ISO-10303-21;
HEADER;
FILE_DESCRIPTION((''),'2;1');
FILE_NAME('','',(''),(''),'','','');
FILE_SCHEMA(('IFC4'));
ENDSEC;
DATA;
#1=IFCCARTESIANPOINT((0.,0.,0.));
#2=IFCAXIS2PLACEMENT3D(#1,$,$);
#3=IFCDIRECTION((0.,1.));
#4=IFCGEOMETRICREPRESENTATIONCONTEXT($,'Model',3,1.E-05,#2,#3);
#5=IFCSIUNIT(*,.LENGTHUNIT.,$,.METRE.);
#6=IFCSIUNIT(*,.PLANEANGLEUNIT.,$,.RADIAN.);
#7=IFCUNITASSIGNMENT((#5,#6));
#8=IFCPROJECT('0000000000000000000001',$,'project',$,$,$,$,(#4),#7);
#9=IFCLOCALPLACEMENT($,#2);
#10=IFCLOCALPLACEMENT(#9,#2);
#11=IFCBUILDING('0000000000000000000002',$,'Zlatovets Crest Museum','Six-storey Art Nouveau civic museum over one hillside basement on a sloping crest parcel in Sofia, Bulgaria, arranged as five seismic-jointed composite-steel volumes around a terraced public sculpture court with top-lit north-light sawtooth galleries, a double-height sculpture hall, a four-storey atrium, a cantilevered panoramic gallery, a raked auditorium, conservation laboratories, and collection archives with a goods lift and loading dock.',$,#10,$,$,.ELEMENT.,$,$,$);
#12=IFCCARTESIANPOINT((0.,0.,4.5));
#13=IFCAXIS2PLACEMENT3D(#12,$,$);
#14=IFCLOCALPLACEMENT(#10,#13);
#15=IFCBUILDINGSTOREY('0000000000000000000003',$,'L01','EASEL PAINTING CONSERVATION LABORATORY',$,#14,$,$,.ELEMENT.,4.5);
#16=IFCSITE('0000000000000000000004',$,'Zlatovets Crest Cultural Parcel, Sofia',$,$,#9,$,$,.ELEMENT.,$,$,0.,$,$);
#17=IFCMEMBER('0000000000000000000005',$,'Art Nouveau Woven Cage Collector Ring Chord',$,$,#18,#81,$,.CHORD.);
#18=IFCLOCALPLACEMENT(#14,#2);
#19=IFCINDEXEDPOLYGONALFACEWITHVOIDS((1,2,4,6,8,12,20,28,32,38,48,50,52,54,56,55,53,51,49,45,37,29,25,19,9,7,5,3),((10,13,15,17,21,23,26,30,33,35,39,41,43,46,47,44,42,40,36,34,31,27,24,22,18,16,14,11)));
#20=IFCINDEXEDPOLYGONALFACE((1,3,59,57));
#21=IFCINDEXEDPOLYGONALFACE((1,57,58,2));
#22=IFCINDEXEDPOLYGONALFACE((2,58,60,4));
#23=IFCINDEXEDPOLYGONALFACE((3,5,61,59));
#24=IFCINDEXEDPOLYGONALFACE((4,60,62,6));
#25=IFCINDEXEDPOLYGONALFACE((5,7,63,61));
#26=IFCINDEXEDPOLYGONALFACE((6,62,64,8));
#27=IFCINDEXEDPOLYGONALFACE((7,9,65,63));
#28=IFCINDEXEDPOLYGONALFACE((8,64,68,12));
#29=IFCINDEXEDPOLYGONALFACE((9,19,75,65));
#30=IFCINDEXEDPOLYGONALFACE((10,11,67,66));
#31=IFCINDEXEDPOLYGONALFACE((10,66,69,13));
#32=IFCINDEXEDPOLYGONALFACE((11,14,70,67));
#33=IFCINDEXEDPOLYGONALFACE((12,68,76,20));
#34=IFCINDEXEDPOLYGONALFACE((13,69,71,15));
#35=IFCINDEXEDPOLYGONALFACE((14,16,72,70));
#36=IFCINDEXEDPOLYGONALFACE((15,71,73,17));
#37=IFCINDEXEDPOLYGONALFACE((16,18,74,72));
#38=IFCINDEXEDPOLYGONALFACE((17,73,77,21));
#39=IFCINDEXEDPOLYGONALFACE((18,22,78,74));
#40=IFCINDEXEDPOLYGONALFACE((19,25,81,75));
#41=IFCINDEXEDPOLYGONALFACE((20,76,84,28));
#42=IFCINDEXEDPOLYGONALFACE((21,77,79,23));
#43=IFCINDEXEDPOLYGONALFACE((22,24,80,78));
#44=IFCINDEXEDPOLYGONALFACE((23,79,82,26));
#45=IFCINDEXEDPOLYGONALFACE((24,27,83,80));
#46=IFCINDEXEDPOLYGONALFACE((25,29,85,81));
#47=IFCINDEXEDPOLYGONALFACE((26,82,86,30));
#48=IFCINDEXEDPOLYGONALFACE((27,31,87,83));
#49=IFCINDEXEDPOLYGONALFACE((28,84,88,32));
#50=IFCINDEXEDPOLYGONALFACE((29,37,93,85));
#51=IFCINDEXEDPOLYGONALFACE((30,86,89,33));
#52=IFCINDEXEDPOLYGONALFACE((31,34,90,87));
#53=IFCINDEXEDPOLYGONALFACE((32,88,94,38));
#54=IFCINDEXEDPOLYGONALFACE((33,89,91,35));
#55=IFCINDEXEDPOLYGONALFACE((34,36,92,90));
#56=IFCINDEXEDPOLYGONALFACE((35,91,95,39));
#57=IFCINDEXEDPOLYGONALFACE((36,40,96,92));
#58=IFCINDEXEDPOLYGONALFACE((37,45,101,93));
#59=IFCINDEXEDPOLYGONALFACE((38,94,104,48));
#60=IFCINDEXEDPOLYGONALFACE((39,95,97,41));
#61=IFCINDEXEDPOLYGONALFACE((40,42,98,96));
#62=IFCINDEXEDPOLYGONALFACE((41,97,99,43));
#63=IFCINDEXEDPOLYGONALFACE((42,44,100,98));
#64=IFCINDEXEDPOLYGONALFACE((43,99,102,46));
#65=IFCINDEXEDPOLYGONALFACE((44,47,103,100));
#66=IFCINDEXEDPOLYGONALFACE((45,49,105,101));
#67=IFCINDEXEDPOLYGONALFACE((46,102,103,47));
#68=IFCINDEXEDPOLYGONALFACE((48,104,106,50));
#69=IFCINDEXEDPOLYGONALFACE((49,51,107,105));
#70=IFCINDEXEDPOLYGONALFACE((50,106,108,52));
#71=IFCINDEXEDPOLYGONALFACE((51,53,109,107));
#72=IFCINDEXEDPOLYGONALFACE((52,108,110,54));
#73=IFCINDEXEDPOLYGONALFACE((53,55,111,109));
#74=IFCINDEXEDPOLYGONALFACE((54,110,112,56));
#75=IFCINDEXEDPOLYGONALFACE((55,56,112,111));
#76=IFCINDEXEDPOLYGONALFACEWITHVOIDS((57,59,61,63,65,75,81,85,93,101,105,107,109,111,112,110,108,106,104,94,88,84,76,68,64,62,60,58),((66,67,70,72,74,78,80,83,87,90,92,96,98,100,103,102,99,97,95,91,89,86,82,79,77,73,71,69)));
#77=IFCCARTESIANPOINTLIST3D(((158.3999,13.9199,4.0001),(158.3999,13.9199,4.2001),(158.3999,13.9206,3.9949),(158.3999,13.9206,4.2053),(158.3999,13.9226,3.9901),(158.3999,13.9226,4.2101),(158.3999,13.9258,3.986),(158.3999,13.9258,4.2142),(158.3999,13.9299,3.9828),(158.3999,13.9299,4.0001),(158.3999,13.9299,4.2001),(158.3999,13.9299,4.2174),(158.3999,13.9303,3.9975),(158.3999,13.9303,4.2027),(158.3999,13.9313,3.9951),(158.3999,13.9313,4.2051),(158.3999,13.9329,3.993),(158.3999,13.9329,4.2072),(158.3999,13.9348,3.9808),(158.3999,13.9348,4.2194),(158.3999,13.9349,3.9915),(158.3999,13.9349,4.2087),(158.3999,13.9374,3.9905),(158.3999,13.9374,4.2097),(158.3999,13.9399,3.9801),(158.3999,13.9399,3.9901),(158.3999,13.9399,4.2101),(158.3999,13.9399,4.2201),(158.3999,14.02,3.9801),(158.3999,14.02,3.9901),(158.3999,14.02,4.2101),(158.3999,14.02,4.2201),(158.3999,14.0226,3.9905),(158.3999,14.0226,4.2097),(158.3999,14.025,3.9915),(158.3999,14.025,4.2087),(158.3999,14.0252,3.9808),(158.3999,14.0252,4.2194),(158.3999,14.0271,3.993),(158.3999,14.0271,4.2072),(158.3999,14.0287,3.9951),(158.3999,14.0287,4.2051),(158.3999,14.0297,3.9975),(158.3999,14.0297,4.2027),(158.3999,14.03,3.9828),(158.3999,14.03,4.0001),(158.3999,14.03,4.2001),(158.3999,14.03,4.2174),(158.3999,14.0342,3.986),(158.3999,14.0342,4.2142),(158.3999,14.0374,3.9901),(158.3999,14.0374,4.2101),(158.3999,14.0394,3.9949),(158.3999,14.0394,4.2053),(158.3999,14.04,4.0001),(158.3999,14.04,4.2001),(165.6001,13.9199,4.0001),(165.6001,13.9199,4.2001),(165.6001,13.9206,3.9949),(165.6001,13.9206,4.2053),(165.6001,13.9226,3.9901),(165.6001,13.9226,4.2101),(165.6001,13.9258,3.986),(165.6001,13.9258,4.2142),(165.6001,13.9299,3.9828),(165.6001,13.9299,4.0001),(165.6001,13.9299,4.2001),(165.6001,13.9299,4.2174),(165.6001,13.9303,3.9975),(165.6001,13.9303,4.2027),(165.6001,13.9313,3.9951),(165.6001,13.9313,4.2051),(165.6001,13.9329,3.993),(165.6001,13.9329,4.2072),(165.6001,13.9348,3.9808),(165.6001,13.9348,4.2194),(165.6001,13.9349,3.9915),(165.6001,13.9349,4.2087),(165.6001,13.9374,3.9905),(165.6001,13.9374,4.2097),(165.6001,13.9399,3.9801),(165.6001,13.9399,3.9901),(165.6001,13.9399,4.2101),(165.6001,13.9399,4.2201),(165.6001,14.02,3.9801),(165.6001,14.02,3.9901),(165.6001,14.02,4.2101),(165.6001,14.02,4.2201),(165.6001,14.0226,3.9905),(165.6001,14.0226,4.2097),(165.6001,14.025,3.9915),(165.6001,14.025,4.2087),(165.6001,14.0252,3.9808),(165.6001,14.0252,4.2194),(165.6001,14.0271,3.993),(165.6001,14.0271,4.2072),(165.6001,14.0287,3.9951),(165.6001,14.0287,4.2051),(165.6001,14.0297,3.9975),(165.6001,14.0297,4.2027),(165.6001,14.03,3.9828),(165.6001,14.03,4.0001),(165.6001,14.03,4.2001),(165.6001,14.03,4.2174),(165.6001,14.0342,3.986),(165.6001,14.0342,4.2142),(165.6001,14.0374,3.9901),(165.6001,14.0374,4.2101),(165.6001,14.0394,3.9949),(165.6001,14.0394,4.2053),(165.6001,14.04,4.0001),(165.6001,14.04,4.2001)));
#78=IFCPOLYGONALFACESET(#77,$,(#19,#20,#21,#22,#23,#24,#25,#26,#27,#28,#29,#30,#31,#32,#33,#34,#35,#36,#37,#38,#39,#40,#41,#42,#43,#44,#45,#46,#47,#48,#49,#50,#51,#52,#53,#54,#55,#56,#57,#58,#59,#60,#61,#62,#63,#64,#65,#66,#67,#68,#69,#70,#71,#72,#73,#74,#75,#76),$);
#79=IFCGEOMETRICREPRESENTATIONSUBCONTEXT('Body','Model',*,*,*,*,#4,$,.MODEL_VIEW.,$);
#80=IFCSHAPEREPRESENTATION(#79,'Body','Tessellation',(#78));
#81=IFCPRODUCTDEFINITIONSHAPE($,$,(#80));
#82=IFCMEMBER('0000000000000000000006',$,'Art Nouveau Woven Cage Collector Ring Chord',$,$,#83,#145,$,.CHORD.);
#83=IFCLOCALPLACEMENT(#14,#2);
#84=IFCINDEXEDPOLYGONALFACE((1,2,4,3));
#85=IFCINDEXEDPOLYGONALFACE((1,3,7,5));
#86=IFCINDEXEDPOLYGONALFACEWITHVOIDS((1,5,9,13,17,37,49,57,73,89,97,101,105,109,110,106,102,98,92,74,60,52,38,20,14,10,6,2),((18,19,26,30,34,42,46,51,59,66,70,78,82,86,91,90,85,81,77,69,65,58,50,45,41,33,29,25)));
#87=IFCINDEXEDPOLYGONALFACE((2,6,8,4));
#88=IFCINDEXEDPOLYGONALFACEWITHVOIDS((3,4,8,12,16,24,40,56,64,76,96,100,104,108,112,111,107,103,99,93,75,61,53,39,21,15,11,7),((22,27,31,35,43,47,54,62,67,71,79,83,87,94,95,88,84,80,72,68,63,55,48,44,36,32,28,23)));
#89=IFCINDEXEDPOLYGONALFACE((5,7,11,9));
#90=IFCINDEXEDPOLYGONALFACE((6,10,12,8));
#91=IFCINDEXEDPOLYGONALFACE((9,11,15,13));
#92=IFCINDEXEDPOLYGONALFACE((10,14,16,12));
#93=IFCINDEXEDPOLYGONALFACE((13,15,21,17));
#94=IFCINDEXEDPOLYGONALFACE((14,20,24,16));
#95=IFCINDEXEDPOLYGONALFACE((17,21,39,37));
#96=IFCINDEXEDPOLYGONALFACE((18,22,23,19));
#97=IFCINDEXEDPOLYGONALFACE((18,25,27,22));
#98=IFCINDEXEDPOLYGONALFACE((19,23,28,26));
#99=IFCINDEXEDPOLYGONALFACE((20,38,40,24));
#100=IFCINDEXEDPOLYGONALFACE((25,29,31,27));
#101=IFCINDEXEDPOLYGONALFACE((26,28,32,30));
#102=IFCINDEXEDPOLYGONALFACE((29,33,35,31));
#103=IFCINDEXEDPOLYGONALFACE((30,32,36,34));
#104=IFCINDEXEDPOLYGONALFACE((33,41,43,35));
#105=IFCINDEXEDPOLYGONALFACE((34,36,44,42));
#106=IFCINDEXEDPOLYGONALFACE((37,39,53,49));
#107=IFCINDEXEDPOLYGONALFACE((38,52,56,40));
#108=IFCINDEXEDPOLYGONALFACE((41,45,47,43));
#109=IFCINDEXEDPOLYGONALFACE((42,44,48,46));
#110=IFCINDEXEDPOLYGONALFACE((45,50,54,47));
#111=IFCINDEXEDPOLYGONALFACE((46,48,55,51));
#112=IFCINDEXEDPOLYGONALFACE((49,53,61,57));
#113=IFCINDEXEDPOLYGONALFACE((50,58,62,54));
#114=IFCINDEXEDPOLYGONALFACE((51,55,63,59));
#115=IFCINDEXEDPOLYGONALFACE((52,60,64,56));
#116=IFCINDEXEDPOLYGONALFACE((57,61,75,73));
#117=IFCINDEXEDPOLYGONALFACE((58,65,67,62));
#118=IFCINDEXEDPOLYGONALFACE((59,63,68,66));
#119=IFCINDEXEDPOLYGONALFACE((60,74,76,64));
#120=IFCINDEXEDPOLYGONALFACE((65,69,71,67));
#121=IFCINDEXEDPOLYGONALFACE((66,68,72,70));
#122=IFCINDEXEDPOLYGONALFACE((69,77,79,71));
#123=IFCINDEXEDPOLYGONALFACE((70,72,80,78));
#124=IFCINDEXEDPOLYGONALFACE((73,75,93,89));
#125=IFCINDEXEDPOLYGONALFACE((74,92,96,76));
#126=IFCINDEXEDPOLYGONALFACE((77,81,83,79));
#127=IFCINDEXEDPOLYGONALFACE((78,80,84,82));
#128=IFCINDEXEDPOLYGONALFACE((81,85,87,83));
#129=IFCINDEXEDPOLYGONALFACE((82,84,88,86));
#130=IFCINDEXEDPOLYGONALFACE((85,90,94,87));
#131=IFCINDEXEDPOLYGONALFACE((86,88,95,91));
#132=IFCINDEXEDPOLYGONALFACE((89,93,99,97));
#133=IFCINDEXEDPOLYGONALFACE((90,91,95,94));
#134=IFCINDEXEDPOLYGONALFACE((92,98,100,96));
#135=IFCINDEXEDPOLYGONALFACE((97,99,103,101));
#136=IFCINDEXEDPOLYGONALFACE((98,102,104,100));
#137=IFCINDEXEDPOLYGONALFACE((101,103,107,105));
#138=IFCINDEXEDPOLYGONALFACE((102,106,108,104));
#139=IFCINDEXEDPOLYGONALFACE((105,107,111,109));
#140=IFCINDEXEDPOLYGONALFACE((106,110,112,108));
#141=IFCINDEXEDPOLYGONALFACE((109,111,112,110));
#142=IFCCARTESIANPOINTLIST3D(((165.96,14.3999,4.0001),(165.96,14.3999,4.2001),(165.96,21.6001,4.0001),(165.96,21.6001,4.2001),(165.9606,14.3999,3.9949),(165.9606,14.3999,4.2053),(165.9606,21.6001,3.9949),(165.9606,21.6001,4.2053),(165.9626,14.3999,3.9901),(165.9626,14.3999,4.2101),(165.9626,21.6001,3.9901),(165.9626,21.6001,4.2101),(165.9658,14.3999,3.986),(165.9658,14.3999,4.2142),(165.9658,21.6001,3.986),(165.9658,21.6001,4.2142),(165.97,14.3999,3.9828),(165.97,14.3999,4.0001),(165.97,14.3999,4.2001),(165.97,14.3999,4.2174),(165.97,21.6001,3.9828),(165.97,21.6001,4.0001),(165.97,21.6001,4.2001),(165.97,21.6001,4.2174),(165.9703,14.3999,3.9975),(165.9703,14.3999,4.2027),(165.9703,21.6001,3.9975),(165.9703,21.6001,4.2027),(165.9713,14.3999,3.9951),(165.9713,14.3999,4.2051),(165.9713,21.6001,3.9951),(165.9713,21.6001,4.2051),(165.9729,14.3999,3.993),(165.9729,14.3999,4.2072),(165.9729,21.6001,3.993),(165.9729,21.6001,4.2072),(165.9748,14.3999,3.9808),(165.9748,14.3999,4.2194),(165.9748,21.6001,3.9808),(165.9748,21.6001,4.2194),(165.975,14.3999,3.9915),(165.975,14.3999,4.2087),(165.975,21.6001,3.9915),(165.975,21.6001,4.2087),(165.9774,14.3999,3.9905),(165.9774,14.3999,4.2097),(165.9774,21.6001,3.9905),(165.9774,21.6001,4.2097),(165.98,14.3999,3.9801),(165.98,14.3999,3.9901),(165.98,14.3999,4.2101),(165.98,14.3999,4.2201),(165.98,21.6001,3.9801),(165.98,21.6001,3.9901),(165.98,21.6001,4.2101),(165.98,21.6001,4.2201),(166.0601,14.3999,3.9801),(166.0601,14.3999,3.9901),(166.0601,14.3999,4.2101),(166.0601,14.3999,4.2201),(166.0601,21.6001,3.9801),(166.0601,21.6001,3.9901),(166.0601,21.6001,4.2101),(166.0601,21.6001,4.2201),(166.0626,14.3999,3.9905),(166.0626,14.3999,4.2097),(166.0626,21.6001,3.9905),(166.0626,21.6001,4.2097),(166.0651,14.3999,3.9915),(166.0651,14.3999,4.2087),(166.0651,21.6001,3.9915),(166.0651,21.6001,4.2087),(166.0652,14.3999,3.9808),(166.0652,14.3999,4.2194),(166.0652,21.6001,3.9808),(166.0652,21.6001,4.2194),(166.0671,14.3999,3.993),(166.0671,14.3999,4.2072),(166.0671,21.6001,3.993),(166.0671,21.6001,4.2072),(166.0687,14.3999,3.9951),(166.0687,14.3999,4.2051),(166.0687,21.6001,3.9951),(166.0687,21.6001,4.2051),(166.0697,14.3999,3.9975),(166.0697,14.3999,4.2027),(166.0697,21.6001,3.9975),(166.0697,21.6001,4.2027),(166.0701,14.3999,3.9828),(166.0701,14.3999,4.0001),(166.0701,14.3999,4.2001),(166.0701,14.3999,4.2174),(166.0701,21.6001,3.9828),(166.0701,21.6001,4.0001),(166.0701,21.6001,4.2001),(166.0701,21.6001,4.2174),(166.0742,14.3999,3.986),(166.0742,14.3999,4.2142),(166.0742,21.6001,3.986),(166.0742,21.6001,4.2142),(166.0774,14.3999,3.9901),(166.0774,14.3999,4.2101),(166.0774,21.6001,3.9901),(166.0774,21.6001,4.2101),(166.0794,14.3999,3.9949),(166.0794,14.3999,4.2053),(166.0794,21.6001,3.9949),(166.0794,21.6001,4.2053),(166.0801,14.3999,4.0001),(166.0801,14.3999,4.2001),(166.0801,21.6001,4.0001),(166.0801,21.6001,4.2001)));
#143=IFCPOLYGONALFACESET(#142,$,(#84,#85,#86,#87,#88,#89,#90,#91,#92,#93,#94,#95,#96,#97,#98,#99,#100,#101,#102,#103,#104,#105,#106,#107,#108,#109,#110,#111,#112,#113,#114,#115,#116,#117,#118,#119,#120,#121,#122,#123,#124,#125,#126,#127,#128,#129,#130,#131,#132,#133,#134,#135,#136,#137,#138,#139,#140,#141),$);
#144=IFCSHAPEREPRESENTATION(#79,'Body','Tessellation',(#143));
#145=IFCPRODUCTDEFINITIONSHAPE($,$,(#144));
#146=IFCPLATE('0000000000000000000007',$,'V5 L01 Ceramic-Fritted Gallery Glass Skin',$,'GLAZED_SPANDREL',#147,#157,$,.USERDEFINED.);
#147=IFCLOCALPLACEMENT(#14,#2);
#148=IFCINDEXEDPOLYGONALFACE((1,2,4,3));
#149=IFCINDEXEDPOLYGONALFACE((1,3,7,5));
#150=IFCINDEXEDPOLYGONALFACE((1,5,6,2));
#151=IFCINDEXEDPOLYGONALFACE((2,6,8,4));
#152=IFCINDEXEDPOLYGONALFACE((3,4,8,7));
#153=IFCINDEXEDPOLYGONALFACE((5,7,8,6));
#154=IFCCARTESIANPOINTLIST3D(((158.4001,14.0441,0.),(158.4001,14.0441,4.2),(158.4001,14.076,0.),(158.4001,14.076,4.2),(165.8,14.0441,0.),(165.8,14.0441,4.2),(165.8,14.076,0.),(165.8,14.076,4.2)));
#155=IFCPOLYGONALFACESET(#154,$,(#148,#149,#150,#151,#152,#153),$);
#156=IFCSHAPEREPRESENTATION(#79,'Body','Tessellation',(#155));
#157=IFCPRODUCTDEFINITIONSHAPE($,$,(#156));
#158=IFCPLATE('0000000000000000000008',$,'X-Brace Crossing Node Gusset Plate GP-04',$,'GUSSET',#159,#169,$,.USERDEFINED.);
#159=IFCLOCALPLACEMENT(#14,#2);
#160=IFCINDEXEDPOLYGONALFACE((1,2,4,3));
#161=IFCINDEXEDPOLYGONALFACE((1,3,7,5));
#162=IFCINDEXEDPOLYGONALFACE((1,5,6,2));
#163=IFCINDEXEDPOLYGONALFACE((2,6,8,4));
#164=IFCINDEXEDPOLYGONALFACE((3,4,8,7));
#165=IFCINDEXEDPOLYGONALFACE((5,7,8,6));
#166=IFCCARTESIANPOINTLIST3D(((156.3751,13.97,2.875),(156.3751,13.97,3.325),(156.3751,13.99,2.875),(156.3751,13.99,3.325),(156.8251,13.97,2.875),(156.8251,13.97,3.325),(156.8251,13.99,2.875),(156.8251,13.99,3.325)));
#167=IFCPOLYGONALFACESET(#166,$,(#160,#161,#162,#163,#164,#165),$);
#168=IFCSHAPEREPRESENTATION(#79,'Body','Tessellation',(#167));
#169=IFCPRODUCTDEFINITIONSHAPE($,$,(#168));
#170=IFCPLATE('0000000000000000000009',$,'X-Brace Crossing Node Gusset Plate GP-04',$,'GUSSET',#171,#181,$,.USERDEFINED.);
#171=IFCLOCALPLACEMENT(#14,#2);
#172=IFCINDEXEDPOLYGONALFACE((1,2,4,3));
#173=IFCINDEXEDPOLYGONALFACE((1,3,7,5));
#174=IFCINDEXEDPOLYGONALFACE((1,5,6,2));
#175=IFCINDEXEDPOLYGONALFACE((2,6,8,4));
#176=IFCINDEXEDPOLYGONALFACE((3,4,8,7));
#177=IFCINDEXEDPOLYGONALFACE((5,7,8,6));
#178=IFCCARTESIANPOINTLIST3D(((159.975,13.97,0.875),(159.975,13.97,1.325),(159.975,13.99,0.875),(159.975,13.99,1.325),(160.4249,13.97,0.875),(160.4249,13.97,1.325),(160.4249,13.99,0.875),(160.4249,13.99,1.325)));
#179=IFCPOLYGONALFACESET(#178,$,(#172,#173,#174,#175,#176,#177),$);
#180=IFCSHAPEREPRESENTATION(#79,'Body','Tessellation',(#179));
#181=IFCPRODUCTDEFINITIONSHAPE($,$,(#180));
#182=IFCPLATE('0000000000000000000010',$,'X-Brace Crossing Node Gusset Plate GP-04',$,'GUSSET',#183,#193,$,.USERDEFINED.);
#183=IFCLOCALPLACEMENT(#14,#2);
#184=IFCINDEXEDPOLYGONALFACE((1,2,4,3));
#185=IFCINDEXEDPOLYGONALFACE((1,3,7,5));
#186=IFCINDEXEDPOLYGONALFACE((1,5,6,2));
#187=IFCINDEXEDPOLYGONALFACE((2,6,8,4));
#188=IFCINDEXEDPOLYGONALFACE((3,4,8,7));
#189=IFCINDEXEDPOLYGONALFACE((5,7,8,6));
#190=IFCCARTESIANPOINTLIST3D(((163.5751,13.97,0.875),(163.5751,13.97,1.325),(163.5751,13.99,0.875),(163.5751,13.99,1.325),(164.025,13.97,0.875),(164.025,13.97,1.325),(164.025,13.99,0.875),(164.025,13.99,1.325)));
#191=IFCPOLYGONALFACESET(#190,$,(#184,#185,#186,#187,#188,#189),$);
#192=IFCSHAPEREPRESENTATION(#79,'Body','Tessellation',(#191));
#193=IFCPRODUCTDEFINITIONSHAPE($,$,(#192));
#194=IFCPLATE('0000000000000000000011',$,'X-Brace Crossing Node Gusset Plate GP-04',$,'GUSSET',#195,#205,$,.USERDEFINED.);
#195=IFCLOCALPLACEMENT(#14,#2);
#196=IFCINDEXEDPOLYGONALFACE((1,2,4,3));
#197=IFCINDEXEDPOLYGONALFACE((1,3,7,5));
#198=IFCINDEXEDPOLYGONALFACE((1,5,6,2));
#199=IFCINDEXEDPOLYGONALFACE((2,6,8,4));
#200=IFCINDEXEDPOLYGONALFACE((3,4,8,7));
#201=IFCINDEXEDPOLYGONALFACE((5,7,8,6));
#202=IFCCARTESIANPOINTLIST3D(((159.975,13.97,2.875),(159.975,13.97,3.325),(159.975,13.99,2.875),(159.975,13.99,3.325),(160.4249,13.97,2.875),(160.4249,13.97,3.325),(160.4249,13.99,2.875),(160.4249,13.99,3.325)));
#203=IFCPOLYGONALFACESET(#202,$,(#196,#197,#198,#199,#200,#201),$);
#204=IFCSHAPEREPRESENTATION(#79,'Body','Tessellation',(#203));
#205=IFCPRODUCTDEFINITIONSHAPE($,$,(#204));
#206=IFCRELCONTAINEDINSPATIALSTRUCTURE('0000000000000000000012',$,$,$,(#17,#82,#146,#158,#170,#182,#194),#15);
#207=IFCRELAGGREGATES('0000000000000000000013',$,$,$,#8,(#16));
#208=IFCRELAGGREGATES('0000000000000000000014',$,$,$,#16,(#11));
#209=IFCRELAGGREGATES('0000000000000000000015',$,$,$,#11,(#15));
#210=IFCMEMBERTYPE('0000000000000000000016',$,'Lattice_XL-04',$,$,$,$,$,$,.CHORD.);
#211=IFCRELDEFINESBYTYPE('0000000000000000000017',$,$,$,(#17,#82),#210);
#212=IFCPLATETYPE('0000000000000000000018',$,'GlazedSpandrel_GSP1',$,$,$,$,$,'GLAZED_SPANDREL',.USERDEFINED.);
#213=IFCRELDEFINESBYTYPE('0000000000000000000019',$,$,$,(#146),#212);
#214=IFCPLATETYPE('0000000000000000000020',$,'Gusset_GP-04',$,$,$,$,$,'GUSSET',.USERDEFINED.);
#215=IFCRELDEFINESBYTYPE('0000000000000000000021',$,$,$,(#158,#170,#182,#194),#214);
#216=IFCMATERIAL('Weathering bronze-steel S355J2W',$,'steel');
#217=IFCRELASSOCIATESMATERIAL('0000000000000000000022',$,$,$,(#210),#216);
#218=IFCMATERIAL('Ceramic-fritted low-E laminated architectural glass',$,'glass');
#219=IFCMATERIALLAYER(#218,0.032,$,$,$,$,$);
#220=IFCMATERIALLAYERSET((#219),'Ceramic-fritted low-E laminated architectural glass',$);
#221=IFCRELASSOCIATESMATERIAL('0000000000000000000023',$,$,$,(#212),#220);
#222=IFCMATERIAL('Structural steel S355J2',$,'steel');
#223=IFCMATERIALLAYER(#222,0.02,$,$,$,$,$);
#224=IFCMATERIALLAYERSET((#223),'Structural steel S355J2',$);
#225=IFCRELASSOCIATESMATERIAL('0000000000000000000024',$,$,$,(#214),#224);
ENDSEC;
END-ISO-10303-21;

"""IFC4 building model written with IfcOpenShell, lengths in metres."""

from ifc_helpers import new_model, si_unit, direction, frame, origin, origin_2d, place, context, subcontext, project, spatial, rectangle, hollow_rectangle, extrude, material, layer, layer_set, material_profile, profile_set, type_object, element, save


model = new_model("IFC4")

# Units and contexts
model_context = context("Model", 3, precision=1e-05, world=origin(), true_north=direction((0.0, 1.0)))
body_context = subcontext(model_context, "Body", "Model", "MODEL_VIEW")
ifc_project = project(units=[si_unit("LENGTHUNIT", "METRE"), si_unit("PLANEANGLEUNIT", "RADIAN")], contexts=[model_context])

# Site, building, storey
site_placement = place(None, origin())
site = spatial("IfcSite", under=ifc_project, at=site_placement, Name="Zlatovets Crest Cultural Parcel, Sofia", CompositionType="ELEMENT", RefElevation=0.0)
building_placement = place(site_placement, origin())
building = spatial("IfcBuilding", under=site, at=building_placement, Name="Zlatovets Crest Museum", Description="Six-storey Art Nouveau civic museum over one hillside basement on a sloping crest parcel in Sofia, Bulgaria, arranged as five seismic-jointed composite-steel volumes around a terraced public sculpture court with top-lit north-light sawtooth galleries, a double-height sculpture hall, a four-storey atrium, a cantilevered panoramic gallery, a raked auditorium, conservation laboratories, and collection archives with a goods lift and loading dock.", CompositionType="ELEMENT")
storey_placement = place(building_placement, frame((0.0, 0.0, 4.5)))
storey = spatial("IfcBuildingStorey", under=building, at=storey_placement, Name="L01", Description="EASEL PAINTING CONSERVATION LABORATORY", CompositionType="ELEMENT", Elevation=4.5)

# Shared definitions
ifc_material_1 = material(Name="Structural steel S355J2", Category="steel")

# Members
ifc_material_2 = material(Name="Weathering bronze-steel S355J2W", Category="steel")
ifc_material_profile_1 = material_profile(ifc_material_2, hollow_rectangle(XDim=0.1201, YDim=0.24, WallThickness=0.01, InnerFilletRadius=0.01, OuterFilletRadius=0.02, at=origin_2d()), Name="RHS 120x240x10.0")
ifc_profile_set_1 = profile_set([ifc_material_profile_1], Name="Weathering bronze-steel S355J2W")
member_type_1 = type_object("IfcMemberType", Name="Lattice_XL-04", PredefinedType="CHORD", material=ifc_profile_set_1)
for number, where, z_axis, x_axis, name in (
    (1, (158.3999, 13.98, 4.1001), (1.0, 0.0, 0.0), (0.0, 1.0, 0.0), "Art Nouveau Woven Cage Collector Ring Chord"),
    (2, (166.02, 14.3999, 4.1001), (0.0, 1.0, 0.0), (-1.0, 0.0, 0.0), "Art Nouveau Woven Cage Collector Ring Chord"),
):
    element("IfcMember", number, at=place(storey_placement, frame(where, z_axis=z_axis, x_axis=x_axis)), inside=storey, type_object=member_type_1, Name=name, PredefinedType="CHORD", context=body_context, shape_type="SweptSolid", body=[
        extrude(hollow_rectangle(XDim=0.1201, YDim=0.24, WallThickness=0.01, InnerFilletRadius=0.01, OuterFilletRadius=0.02, at=origin_2d()), origin(), (0.0, 0.0, 1.0), 7.2002),
    ])

# Plates
ifc_material_3 = material(Name="Ceramic-fritted low-E laminated architectural glass", Category="glass")
ifc_layer_1 = layer(ifc_material_3, 0.032)
ifc_layer_set_1 = layer_set([ifc_layer_1], Name="Ceramic-fritted low-E laminated architectural glass")
plate_type_1 = type_object("IfcPlateType", Name="GlazedSpandrel_GSP1", ElementType="GLAZED_SPANDREL", PredefinedType="USERDEFINED", material=ifc_layer_set_1)
plate_placement = place(storey_placement, frame((162.1001, 14.0601, 0.0), z_axis=(0.0, 0.0, 1.0), x_axis=(1.0, 0.0, 0.0)))
element("IfcPlate", 3, at=plate_placement, inside=storey, type_object=plate_type_1, Name="V5 L01 Ceramic-Fritted Gallery Glass Skin", ObjectType="GLAZED_SPANDREL", PredefinedType="USERDEFINED", context=body_context, shape_type="SweptSolid", body=[
    extrude(rectangle(XDim=7.3999, YDim=0.032, at=origin_2d()), origin(), (0.0, 0.0, 1.0), 4.2),
])
ifc_layer_2 = layer(ifc_material_1, 0.02)
ifc_layer_set_2 = layer_set([ifc_layer_2], Name="Structural steel S355J2")
plate_type_2 = type_object("IfcPlateType", Name="Gusset_GP-04", ElementType="GUSSET", PredefinedType="USERDEFINED", material=ifc_layer_set_2)
for number, where, z_axis, x_axis, name in (
    (4, (156.6001, 13.98, 2.875), (0.0, 0.0, 1.0), (1.0, 0.0, 0.0), "X-Brace Crossing Node Gusset Plate GP-04"),
    (5, (160.2, 13.98, 0.875), (0.0, 0.0, 1.0), (1.0, 0.0, 0.0), "X-Brace Crossing Node Gusset Plate GP-04"),
    (6, (163.8, 13.98, 0.875), (0.0, 0.0, 1.0), (1.0, 0.0, 0.0), "X-Brace Crossing Node Gusset Plate GP-04"),
    (7, (160.2, 13.98, 2.875), (0.0, 0.0, 1.0), (1.0, 0.0, 0.0), "X-Brace Crossing Node Gusset Plate GP-04"),
):
    element("IfcPlate", number, at=place(storey_placement, frame(where, z_axis=z_axis, x_axis=x_axis)), inside=storey, type_object=plate_type_2, Name=name, ObjectType="GUSSET", PredefinedType="USERDEFINED", context=body_context, shape_type="SweptSolid", body=[
        extrude(rectangle(XDim=0.45, YDim=0.02, at=origin_2d()), origin(), (0.0, 0.0, 1.0), 0.45),
    ])

save(model, "model.ifc")
